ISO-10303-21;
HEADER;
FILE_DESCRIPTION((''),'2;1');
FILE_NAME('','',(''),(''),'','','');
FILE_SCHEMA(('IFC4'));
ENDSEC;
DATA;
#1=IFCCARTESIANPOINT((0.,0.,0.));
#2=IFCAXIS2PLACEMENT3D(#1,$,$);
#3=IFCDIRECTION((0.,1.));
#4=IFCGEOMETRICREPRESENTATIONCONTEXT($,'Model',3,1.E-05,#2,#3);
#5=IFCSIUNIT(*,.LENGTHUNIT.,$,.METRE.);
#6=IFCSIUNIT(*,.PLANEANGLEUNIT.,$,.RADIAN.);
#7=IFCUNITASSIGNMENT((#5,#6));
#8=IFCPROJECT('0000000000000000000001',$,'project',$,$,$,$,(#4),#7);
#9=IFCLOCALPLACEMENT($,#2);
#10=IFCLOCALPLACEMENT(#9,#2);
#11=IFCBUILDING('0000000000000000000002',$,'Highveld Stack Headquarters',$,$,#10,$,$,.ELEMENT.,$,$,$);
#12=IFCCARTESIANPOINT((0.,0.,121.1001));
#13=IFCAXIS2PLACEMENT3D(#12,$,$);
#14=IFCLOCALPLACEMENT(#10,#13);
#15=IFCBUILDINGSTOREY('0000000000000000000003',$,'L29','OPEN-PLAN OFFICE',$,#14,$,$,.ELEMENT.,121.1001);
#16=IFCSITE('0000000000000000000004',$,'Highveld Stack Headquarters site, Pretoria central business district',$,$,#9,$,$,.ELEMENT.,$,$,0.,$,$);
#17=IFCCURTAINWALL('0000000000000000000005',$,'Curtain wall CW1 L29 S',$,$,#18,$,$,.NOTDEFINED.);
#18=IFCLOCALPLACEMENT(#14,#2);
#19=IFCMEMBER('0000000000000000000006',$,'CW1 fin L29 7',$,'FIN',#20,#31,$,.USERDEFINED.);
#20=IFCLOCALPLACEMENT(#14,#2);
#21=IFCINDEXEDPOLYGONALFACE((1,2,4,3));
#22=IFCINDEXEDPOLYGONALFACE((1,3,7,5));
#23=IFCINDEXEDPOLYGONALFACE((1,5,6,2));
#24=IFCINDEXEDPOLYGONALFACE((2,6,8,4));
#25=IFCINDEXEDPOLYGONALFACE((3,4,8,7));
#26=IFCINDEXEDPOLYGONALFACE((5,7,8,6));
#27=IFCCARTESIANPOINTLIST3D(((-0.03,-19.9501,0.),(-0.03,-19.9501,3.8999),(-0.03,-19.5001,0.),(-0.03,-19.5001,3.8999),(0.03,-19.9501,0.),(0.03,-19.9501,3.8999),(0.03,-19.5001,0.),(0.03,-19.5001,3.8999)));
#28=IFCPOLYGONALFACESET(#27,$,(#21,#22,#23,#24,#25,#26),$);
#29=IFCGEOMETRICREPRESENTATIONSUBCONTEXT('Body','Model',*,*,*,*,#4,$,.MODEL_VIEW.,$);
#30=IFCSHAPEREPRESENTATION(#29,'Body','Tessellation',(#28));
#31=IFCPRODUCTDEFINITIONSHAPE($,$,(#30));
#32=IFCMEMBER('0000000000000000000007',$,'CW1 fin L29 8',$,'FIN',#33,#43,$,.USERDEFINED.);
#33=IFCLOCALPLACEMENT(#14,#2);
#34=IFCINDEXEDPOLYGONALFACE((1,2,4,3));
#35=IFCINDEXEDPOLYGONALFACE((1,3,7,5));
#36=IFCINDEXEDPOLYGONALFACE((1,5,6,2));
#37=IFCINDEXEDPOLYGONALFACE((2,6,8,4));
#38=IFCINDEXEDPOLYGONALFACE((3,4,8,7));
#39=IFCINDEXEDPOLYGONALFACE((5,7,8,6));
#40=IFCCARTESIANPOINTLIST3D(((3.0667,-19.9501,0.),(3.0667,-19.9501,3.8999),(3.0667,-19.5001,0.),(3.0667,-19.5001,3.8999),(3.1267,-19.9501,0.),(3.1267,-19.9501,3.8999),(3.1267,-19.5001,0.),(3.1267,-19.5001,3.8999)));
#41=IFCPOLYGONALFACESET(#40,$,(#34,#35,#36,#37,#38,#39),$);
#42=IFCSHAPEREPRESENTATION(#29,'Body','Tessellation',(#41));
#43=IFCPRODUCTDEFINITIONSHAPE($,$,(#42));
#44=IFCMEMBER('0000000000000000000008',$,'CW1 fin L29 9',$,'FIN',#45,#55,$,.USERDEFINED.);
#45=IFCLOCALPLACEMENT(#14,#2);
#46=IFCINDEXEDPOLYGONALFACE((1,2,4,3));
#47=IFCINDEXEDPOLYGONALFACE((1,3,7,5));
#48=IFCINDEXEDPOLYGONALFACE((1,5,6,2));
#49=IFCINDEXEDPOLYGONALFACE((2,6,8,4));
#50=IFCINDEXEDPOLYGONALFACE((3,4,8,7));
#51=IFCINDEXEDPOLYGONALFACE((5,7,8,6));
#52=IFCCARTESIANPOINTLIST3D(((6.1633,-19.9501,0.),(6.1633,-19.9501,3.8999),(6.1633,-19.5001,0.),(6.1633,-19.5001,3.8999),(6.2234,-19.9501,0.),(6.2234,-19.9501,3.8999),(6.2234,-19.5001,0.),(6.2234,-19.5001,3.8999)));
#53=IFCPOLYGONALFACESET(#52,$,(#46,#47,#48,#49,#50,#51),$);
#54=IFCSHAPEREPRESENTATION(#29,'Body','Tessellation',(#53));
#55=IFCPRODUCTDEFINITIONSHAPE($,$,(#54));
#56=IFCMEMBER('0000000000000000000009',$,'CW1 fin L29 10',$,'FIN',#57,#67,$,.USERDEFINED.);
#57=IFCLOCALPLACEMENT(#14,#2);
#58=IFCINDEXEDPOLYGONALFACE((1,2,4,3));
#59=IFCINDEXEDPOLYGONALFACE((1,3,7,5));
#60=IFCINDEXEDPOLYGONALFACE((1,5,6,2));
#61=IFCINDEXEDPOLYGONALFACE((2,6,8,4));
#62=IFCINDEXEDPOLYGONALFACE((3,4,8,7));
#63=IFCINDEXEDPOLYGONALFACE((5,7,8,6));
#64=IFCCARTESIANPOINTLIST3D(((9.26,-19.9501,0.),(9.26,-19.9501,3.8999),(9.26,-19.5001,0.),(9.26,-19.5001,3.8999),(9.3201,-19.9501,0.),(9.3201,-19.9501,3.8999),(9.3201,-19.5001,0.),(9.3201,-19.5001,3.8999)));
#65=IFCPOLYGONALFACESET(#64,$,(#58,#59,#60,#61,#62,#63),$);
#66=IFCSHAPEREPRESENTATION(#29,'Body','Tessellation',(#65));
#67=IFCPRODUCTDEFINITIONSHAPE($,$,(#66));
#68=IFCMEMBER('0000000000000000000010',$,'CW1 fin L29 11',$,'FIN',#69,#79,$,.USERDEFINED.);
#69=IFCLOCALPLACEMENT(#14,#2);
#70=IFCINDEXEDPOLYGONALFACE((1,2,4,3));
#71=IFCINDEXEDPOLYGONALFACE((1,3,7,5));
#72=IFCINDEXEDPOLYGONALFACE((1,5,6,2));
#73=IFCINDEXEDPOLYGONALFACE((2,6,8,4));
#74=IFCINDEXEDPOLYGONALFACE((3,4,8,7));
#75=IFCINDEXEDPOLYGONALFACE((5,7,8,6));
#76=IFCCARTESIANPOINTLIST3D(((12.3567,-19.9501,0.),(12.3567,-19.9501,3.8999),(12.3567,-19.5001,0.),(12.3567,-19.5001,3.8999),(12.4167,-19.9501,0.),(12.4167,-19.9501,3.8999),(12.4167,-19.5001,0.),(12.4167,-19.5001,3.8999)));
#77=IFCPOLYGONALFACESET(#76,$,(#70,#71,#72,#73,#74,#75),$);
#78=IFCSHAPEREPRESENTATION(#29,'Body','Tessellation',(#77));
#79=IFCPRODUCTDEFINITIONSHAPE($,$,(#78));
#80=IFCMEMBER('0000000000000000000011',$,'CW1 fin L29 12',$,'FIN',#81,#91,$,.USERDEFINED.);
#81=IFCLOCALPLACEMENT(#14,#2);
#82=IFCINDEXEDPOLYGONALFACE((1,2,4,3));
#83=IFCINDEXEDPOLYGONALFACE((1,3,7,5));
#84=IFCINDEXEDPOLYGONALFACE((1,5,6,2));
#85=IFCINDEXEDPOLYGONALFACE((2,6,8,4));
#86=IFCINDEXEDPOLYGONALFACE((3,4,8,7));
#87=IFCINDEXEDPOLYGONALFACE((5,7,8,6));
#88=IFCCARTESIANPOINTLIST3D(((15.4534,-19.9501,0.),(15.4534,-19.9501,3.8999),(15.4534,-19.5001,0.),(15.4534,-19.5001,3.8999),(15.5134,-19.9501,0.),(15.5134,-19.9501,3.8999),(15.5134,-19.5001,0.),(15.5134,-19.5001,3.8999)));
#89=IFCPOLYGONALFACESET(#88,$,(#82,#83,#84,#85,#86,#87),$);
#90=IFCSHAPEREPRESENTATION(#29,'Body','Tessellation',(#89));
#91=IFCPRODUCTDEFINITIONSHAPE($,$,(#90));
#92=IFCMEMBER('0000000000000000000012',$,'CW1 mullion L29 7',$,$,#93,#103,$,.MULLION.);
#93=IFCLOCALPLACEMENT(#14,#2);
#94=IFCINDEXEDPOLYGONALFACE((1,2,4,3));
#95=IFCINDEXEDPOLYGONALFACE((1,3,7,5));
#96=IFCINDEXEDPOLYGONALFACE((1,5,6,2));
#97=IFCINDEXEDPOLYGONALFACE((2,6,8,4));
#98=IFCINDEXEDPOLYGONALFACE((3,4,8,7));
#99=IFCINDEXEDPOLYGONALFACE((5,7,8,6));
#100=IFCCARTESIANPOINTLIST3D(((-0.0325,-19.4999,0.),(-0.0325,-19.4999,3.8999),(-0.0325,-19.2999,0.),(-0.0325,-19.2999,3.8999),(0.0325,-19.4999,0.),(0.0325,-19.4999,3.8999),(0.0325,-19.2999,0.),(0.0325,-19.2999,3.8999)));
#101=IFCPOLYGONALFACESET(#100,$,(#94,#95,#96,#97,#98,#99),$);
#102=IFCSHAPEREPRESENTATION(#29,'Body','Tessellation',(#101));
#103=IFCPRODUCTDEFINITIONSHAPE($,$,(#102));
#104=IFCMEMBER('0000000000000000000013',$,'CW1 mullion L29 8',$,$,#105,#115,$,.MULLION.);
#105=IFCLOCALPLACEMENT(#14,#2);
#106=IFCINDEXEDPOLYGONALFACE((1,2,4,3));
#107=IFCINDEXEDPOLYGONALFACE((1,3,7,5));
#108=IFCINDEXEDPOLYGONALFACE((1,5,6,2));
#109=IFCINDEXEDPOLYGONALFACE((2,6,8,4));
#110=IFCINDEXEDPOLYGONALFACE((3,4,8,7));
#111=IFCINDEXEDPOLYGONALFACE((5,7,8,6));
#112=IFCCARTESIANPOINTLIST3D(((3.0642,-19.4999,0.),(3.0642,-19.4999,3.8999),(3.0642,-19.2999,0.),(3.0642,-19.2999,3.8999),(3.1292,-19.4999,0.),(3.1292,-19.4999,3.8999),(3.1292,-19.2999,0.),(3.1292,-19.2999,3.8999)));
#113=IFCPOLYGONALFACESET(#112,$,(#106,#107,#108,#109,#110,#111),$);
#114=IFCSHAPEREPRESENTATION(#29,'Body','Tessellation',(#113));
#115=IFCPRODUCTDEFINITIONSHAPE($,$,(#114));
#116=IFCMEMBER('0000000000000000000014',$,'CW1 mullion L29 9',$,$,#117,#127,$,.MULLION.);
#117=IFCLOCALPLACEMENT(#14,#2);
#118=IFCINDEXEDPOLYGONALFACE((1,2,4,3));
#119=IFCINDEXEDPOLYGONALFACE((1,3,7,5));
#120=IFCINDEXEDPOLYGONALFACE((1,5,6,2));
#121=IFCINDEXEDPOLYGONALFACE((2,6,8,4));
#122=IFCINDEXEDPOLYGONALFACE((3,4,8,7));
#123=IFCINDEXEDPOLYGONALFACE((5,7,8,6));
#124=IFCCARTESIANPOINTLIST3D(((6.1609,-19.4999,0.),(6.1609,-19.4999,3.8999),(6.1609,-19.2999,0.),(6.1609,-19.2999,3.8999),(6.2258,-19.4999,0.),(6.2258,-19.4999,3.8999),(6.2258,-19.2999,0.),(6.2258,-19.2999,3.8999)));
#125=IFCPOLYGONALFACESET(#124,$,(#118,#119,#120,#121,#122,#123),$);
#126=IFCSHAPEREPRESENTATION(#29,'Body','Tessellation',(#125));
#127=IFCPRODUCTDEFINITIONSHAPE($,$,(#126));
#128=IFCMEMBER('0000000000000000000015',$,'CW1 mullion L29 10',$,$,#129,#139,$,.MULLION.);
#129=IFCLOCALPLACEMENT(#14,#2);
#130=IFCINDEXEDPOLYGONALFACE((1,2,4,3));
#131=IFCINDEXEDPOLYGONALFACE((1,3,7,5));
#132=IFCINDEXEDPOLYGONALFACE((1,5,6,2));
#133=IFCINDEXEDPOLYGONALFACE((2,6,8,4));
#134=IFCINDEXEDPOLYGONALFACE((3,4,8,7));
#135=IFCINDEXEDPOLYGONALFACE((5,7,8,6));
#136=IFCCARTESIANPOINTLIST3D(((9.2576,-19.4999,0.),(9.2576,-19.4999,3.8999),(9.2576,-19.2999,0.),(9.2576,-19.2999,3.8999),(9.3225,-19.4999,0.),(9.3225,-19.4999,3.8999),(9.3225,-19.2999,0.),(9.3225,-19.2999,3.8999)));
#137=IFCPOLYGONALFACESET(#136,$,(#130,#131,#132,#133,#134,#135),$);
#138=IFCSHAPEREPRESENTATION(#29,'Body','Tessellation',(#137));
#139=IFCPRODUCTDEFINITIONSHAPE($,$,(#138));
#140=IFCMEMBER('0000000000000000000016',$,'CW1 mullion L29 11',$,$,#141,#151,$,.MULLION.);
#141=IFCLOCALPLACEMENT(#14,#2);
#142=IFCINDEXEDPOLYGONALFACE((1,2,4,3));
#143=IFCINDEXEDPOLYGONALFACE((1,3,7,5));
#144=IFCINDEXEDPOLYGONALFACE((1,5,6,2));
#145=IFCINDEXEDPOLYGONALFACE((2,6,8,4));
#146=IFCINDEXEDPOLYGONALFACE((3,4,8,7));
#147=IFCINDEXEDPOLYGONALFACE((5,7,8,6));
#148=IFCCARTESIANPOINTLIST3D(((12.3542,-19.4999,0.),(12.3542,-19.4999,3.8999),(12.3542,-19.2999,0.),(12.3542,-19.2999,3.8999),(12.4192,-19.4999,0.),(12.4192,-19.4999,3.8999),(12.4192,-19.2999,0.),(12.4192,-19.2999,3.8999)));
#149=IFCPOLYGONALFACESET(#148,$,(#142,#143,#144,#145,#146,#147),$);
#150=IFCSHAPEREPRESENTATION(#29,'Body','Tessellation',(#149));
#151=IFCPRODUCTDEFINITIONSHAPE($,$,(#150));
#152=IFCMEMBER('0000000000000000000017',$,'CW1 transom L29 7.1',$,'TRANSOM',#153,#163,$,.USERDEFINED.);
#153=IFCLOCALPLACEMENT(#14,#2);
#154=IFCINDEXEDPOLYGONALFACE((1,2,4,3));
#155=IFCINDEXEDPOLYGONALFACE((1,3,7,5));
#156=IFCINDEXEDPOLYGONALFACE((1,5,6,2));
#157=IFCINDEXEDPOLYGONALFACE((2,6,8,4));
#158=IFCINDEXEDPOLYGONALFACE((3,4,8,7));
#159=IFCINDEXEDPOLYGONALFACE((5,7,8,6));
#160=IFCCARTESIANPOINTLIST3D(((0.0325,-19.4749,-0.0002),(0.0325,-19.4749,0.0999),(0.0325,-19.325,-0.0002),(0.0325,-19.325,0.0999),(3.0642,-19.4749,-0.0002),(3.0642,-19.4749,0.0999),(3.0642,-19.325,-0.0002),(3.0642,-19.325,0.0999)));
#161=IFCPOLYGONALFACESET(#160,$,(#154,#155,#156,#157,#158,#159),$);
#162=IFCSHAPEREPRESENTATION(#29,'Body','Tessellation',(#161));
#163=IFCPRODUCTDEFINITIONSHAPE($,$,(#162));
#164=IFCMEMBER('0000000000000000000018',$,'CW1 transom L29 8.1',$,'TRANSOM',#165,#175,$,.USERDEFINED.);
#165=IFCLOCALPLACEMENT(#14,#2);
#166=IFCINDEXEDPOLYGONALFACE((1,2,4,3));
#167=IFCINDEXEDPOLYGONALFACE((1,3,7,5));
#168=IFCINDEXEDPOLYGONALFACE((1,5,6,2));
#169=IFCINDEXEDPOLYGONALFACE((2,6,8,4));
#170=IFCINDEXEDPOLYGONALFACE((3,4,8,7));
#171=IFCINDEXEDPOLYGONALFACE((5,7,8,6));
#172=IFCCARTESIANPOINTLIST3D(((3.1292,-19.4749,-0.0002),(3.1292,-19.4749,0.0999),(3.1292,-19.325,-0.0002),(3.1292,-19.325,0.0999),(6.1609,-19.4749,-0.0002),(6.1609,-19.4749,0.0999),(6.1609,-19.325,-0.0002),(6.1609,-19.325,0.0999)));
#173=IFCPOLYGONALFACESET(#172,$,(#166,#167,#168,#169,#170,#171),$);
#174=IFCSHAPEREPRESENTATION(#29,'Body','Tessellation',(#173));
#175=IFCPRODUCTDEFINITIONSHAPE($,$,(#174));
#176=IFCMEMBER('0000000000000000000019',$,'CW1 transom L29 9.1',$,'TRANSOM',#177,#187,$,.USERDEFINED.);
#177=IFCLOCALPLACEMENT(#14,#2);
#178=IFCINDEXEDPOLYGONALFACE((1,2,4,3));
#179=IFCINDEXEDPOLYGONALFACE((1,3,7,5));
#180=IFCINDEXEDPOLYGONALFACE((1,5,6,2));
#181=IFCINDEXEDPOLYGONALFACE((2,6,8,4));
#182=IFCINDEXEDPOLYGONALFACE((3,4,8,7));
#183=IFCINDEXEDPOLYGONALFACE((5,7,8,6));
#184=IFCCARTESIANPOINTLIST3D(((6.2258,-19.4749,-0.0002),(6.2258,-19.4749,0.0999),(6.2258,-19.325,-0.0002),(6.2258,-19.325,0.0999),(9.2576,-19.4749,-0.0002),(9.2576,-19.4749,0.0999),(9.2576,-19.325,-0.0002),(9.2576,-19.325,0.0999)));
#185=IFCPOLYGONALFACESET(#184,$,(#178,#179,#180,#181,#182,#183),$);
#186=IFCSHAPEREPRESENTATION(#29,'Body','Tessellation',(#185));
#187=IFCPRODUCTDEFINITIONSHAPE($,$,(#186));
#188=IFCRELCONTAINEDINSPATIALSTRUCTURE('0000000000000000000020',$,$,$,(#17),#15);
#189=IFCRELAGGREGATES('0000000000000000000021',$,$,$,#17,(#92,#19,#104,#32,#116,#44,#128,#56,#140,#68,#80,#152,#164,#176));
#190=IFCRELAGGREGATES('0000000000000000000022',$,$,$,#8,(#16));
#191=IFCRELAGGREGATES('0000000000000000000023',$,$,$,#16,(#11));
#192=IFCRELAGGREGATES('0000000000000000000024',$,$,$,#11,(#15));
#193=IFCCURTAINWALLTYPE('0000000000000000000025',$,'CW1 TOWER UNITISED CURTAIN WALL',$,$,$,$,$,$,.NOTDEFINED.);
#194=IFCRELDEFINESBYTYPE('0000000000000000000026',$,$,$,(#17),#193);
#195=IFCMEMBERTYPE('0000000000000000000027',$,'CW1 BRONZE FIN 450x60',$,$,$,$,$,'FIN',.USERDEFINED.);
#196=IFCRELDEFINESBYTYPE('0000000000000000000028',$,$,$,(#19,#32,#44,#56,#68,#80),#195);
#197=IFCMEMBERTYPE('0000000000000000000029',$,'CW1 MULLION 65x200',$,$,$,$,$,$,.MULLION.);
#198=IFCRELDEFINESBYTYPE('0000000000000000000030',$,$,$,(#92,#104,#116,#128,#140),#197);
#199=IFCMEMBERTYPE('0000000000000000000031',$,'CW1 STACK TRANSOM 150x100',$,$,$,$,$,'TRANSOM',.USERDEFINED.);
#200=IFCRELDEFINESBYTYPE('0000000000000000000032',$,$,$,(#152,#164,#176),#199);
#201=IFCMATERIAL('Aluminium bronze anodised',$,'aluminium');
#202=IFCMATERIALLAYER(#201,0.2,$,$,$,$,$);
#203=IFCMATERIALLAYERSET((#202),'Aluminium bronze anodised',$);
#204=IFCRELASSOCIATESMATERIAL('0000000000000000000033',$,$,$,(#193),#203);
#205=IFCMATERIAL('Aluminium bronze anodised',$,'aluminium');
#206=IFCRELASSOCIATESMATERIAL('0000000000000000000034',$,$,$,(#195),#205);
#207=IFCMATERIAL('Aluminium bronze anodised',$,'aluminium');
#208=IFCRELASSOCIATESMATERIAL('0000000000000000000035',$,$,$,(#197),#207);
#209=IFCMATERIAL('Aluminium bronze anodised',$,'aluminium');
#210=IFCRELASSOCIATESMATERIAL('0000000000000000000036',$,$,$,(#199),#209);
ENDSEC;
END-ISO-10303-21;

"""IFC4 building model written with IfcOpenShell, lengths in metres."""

from ifc_helpers import new_model, si_unit, direction, frame, origin, origin_2d, place, context, subcontext, project, spatial, rectangle, extrude, material, layer, layer_set, material_profile, profile_set, type_object, element, aggregate, save


model = new_model("IFC4")

# Units and contexts
model_context = context("Model", 3, precision=1e-05, world=origin(), true_north=direction((0.0, 1.0)))
body_context = subcontext(model_context, "Body", "Model", "MODEL_VIEW")
ifc_project = project(units=[si_unit("LENGTHUNIT", "METRE"), si_unit("PLANEANGLEUNIT", "RADIAN")], contexts=[model_context])

# Site, building, storey
site_placement = place(None, origin())
site = spatial("IfcSite", under=ifc_project, at=site_placement, Name="Highveld Stack Headquarters site, Pretoria central business district", CompositionType="ELEMENT", RefElevation=0.0)
building_placement = place(site_placement, origin())
building = spatial("IfcBuilding", under=site, at=building_placement, Name="Highveld Stack Headquarters", CompositionType="ELEMENT")
storey_placement = place(building_placement, frame((0.0, 0.0, 121.1001)))
storey = spatial("IfcBuildingStorey", under=building, at=storey_placement, Name="L29", Description="OPEN-PLAN OFFICE", CompositionType="ELEMENT", Elevation=121.1001)

# Curtain wall, members
ifc_material_1 = material(Name="Aluminium bronze anodised", Category="aluminium")
ifc_layer_1 = layer(ifc_material_1, 0.2)
ifc_layer_set_1 = layer_set([ifc_layer_1], Name="Aluminium bronze anodised")
curtain_wall_type = type_object("IfcCurtainWallType", Name="CW1 TOWER UNITISED CURTAIN WALL", PredefinedType="NOTDEFINED", material=ifc_layer_set_1)
curtain_wall_placement = place(storey_placement, origin())
curtain_wall = element("IfcCurtainWall", 1, at=curtain_wall_placement, inside=storey, type_object=curtain_wall_type, Name="Curtain wall CW1 L29 S", PredefinedType="NOTDEFINED")
ifc_material_2 = material(Name="Aluminium bronze anodised", Category="aluminium")
ifc_material_profile_1 = material_profile(ifc_material_2, rectangle(XDim=0.45, YDim=0.0601, at=origin_2d()), Name="FIN 450x60")
ifc_profile_set_1 = profile_set([ifc_material_profile_1], Name="Aluminium bronze anodised")
member_type_1 = type_object("IfcMemberType", Name="CW1 BRONZE FIN 450x60", ElementType="FIN", PredefinedType="USERDEFINED", material=ifc_profile_set_1)
member_1_placement = place(storey_placement, frame((0.0, -19.7251, 0.0), z_axis=(0.0, 0.0, 1.0), x_axis=(0.0, 1.0, 0.0)))
member_1 = element("IfcMember", 2, at=member_1_placement, type_object=member_type_1, Name="CW1 fin L29 7", ObjectType="FIN", PredefinedType="USERDEFINED", context=body_context, shape_type="SweptSolid", body=[
    extrude(rectangle(XDim=0.45, YDim=0.0601, at=origin_2d()), origin(), (0.0, 0.0, 1.0), 3.8999),
])
member_2_placement = place(storey_placement, frame((3.0967, -19.7251, 0.0), z_axis=(0.0, 0.0, 1.0), x_axis=(0.0, 1.0, 0.0)))
member_2 = element("IfcMember", 3, at=member_2_placement, type_object=member_type_1, Name="CW1 fin L29 8", ObjectType="FIN", PredefinedType="USERDEFINED", context=body_context, shape_type="SweptSolid", body=[
    extrude(rectangle(XDim=0.45, YDim=0.0601, at=origin_2d()), origin(), (0.0, 0.0, 1.0), 3.8999),
])
member_3_placement = place(storey_placement, frame((6.1934, -19.7251, 0.0), z_axis=(0.0, 0.0, 1.0), x_axis=(0.0, 1.0, 0.0)))
member_3 = element("IfcMember", 4, at=member_3_placement, type_object=member_type_1, Name="CW1 fin L29 9", ObjectType="FIN", PredefinedType="USERDEFINED", context=body_context, shape_type="SweptSolid", body=[
    extrude(rectangle(XDim=0.45, YDim=0.0601, at=origin_2d()), origin(), (0.0, 0.0, 1.0), 3.8999),
])
member_4_placement = place(storey_placement, frame((9.29, -19.7251, 0.0), z_axis=(0.0, 0.0, 1.0), x_axis=(0.0, 1.0, 0.0)))
member_4 = element("IfcMember", 5, at=member_4_placement, type_object=member_type_1, Name="CW1 fin L29 10", ObjectType="FIN", PredefinedType="USERDEFINED", context=body_context, shape_type="SweptSolid", body=[
    extrude(rectangle(XDim=0.45, YDim=0.0601, at=origin_2d()), origin(), (0.0, 0.0, 1.0), 3.8999),
])
member_5_placement = place(storey_placement, frame((12.3867, -19.7251, 0.0), z_axis=(0.0, 0.0, 1.0), x_axis=(0.0, 1.0, 0.0)))
member_5 = element("IfcMember", 6, at=member_5_placement, type_object=member_type_1, Name="CW1 fin L29 11", ObjectType="FIN", PredefinedType="USERDEFINED", context=body_context, shape_type="SweptSolid", body=[
    extrude(rectangle(XDim=0.45, YDim=0.0601, at=origin_2d()), origin(), (0.0, 0.0, 1.0), 3.8999),
])
member_6_placement = place(storey_placement, frame((15.4834, -19.7251, 0.0), z_axis=(0.0, 0.0, 1.0), x_axis=(0.0, 1.0, 0.0)))
member_6 = element("IfcMember", 7, at=member_6_placement, type_object=member_type_1, Name="CW1 fin L29 12", ObjectType="FIN", PredefinedType="USERDEFINED", context=body_context, shape_type="SweptSolid", body=[
    extrude(rectangle(XDim=0.45, YDim=0.0601, at=origin_2d()), origin(), (0.0, 0.0, 1.0), 3.8999),
])
ifc_material_3 = material(Name="Aluminium bronze anodised", Category="aluminium")
ifc_material_profile_2 = material_profile(ifc_material_3, rectangle(XDim=0.2, YDim=0.0649, at=origin_2d()), Name="CW1 MULLION 65x200")
ifc_profile_set_2 = profile_set([ifc_material_profile_2], Name="Aluminium bronze anodised")
member_type_2 = type_object("IfcMemberType", Name="CW1 MULLION 65x200", PredefinedType="MULLION", material=ifc_profile_set_2)
member_7_placement = place(storey_placement, frame((0.0, -19.3999, 0.0), z_axis=(0.0, 0.0, 1.0), x_axis=(0.0, 1.0, 0.0)))
member_7 = element("IfcMember", 8, at=member_7_placement, type_object=member_type_2, Name="CW1 mullion L29 7", PredefinedType="MULLION", context=body_context, shape_type="SweptSolid", body=[
    extrude(rectangle(XDim=0.2, YDim=0.0649, at=origin_2d()), origin(), (0.0, 0.0, 1.0), 3.8999),
])
member_8_placement = place(storey_placement, frame((3.0967, -19.3999, 0.0), z_axis=(0.0, 0.0, 1.0), x_axis=(0.0, 1.0, 0.0)))
member_8 = element("IfcMember", 9, at=member_8_placement, type_object=member_type_2, Name="CW1 mullion L29 8", PredefinedType="MULLION", context=body_context, shape_type="SweptSolid", body=[
    extrude(rectangle(XDim=0.2, YDim=0.0649, at=origin_2d()), origin(), (0.0, 0.0, 1.0), 3.8999),
])
member_9_placement = place(storey_placement, frame((6.1934, -19.3999, 0.0), z_axis=(0.0, 0.0, 1.0), x_axis=(0.0, 1.0, 0.0)))
member_9 = element("IfcMember", 10, at=member_9_placement, type_object=member_type_2, Name="CW1 mullion L29 9", PredefinedType="MULLION", context=body_context, shape_type="SweptSolid", body=[
    extrude(rectangle(XDim=0.2, YDim=0.0649, at=origin_2d()), origin(), (0.0, 0.0, 1.0), 3.8999),
])
member_10_placement = place(storey_placement, frame((9.29, -19.3999, 0.0), z_axis=(0.0, 0.0, 1.0), x_axis=(0.0, 1.0, 0.0)))
member_10 = element("IfcMember", 11, at=member_10_placement, type_object=member_type_2, Name="CW1 mullion L29 10", PredefinedType="MULLION", context=body_context, shape_type="SweptSolid", body=[
    extrude(rectangle(XDim=0.2, YDim=0.0649, at=origin_2d()), origin(), (0.0, 0.0, 1.0), 3.8999),
])
member_11_placement = place(storey_placement, frame((12.3867, -19.3999, 0.0), z_axis=(0.0, 0.0, 1.0), x_axis=(0.0, 1.0, 0.0)))
member_11 = element("IfcMember", 12, at=member_11_placement, type_object=member_type_2, Name="CW1 mullion L29 11", PredefinedType="MULLION", context=body_context, shape_type="SweptSolid", body=[
    extrude(rectangle(XDim=0.2, YDim=0.0649, at=origin_2d()), origin(), (0.0, 0.0, 1.0), 3.8999),
])
ifc_material_4 = material(Name="Aluminium bronze anodised", Category="aluminium")
ifc_material_profile_3 = material_profile(ifc_material_4, rectangle(XDim=0.1499, YDim=0.1001, at=origin_2d()), Name="CW1 TRANSOM 150x100")
ifc_profile_set_3 = profile_set([ifc_material_profile_3], Name="Aluminium bronze anodised")
member_type_3 = type_object("IfcMemberType", Name="CW1 STACK TRANSOM 150x100", ElementType="TRANSOM", PredefinedType="USERDEFINED", material=ifc_profile_set_3)
member_12_placement = place(storey_placement, frame((0.0325, -19.3999, 0.0498), z_axis=(1.0, 0.0, 0.0), x_axis=(0.0, 1.0, 0.0)))
member_12 = element("IfcMember", 13, at=member_12_placement, type_object=member_type_3, Name="CW1 transom L29 7.1", ObjectType="TRANSOM", PredefinedType="USERDEFINED", context=body_context, shape_type="SweptSolid", body=[
    extrude(rectangle(XDim=0.1499, YDim=0.1001, at=origin_2d()), origin(), (0.0, 0.0, 1.0), 3.0317),
])
member_13_placement = place(storey_placement, frame((3.1292, -19.3999, 0.0498), z_axis=(1.0, 0.0, 0.0), x_axis=(0.0, 1.0, 0.0)))
member_13 = element("IfcMember", 14, at=member_13_placement, type_object=member_type_3, Name="CW1 transom L29 8.1", ObjectType="TRANSOM", PredefinedType="USERDEFINED", context=body_context, shape_type="SweptSolid", body=[
    extrude(rectangle(XDim=0.1499, YDim=0.1001, at=origin_2d()), origin(), (0.0, 0.0, 1.0), 3.0317),
])
member_14_placement = place(storey_placement, frame((6.2258, -19.3999, 0.0498), z_axis=(1.0, 0.0, 0.0), x_axis=(0.0, 1.0, 0.0)))
member_14 = element("IfcMember", 15, at=member_14_placement, type_object=member_type_3, Name="CW1 transom L29 9.1", ObjectType="TRANSOM", PredefinedType="USERDEFINED", context=body_context, shape_type="SweptSolid", body=[
    extrude(rectangle(XDim=0.1499, YDim=0.1001, at=origin_2d()), origin(), (0.0, 0.0, 1.0), 3.0317),
])
aggregate(curtain_wall, [member_7, member_1, member_8, member_2, member_9, member_3, member_10, member_4, member_11, member_5, member_6, member_12, member_13, member_14])

save(model, "model.ifc")
